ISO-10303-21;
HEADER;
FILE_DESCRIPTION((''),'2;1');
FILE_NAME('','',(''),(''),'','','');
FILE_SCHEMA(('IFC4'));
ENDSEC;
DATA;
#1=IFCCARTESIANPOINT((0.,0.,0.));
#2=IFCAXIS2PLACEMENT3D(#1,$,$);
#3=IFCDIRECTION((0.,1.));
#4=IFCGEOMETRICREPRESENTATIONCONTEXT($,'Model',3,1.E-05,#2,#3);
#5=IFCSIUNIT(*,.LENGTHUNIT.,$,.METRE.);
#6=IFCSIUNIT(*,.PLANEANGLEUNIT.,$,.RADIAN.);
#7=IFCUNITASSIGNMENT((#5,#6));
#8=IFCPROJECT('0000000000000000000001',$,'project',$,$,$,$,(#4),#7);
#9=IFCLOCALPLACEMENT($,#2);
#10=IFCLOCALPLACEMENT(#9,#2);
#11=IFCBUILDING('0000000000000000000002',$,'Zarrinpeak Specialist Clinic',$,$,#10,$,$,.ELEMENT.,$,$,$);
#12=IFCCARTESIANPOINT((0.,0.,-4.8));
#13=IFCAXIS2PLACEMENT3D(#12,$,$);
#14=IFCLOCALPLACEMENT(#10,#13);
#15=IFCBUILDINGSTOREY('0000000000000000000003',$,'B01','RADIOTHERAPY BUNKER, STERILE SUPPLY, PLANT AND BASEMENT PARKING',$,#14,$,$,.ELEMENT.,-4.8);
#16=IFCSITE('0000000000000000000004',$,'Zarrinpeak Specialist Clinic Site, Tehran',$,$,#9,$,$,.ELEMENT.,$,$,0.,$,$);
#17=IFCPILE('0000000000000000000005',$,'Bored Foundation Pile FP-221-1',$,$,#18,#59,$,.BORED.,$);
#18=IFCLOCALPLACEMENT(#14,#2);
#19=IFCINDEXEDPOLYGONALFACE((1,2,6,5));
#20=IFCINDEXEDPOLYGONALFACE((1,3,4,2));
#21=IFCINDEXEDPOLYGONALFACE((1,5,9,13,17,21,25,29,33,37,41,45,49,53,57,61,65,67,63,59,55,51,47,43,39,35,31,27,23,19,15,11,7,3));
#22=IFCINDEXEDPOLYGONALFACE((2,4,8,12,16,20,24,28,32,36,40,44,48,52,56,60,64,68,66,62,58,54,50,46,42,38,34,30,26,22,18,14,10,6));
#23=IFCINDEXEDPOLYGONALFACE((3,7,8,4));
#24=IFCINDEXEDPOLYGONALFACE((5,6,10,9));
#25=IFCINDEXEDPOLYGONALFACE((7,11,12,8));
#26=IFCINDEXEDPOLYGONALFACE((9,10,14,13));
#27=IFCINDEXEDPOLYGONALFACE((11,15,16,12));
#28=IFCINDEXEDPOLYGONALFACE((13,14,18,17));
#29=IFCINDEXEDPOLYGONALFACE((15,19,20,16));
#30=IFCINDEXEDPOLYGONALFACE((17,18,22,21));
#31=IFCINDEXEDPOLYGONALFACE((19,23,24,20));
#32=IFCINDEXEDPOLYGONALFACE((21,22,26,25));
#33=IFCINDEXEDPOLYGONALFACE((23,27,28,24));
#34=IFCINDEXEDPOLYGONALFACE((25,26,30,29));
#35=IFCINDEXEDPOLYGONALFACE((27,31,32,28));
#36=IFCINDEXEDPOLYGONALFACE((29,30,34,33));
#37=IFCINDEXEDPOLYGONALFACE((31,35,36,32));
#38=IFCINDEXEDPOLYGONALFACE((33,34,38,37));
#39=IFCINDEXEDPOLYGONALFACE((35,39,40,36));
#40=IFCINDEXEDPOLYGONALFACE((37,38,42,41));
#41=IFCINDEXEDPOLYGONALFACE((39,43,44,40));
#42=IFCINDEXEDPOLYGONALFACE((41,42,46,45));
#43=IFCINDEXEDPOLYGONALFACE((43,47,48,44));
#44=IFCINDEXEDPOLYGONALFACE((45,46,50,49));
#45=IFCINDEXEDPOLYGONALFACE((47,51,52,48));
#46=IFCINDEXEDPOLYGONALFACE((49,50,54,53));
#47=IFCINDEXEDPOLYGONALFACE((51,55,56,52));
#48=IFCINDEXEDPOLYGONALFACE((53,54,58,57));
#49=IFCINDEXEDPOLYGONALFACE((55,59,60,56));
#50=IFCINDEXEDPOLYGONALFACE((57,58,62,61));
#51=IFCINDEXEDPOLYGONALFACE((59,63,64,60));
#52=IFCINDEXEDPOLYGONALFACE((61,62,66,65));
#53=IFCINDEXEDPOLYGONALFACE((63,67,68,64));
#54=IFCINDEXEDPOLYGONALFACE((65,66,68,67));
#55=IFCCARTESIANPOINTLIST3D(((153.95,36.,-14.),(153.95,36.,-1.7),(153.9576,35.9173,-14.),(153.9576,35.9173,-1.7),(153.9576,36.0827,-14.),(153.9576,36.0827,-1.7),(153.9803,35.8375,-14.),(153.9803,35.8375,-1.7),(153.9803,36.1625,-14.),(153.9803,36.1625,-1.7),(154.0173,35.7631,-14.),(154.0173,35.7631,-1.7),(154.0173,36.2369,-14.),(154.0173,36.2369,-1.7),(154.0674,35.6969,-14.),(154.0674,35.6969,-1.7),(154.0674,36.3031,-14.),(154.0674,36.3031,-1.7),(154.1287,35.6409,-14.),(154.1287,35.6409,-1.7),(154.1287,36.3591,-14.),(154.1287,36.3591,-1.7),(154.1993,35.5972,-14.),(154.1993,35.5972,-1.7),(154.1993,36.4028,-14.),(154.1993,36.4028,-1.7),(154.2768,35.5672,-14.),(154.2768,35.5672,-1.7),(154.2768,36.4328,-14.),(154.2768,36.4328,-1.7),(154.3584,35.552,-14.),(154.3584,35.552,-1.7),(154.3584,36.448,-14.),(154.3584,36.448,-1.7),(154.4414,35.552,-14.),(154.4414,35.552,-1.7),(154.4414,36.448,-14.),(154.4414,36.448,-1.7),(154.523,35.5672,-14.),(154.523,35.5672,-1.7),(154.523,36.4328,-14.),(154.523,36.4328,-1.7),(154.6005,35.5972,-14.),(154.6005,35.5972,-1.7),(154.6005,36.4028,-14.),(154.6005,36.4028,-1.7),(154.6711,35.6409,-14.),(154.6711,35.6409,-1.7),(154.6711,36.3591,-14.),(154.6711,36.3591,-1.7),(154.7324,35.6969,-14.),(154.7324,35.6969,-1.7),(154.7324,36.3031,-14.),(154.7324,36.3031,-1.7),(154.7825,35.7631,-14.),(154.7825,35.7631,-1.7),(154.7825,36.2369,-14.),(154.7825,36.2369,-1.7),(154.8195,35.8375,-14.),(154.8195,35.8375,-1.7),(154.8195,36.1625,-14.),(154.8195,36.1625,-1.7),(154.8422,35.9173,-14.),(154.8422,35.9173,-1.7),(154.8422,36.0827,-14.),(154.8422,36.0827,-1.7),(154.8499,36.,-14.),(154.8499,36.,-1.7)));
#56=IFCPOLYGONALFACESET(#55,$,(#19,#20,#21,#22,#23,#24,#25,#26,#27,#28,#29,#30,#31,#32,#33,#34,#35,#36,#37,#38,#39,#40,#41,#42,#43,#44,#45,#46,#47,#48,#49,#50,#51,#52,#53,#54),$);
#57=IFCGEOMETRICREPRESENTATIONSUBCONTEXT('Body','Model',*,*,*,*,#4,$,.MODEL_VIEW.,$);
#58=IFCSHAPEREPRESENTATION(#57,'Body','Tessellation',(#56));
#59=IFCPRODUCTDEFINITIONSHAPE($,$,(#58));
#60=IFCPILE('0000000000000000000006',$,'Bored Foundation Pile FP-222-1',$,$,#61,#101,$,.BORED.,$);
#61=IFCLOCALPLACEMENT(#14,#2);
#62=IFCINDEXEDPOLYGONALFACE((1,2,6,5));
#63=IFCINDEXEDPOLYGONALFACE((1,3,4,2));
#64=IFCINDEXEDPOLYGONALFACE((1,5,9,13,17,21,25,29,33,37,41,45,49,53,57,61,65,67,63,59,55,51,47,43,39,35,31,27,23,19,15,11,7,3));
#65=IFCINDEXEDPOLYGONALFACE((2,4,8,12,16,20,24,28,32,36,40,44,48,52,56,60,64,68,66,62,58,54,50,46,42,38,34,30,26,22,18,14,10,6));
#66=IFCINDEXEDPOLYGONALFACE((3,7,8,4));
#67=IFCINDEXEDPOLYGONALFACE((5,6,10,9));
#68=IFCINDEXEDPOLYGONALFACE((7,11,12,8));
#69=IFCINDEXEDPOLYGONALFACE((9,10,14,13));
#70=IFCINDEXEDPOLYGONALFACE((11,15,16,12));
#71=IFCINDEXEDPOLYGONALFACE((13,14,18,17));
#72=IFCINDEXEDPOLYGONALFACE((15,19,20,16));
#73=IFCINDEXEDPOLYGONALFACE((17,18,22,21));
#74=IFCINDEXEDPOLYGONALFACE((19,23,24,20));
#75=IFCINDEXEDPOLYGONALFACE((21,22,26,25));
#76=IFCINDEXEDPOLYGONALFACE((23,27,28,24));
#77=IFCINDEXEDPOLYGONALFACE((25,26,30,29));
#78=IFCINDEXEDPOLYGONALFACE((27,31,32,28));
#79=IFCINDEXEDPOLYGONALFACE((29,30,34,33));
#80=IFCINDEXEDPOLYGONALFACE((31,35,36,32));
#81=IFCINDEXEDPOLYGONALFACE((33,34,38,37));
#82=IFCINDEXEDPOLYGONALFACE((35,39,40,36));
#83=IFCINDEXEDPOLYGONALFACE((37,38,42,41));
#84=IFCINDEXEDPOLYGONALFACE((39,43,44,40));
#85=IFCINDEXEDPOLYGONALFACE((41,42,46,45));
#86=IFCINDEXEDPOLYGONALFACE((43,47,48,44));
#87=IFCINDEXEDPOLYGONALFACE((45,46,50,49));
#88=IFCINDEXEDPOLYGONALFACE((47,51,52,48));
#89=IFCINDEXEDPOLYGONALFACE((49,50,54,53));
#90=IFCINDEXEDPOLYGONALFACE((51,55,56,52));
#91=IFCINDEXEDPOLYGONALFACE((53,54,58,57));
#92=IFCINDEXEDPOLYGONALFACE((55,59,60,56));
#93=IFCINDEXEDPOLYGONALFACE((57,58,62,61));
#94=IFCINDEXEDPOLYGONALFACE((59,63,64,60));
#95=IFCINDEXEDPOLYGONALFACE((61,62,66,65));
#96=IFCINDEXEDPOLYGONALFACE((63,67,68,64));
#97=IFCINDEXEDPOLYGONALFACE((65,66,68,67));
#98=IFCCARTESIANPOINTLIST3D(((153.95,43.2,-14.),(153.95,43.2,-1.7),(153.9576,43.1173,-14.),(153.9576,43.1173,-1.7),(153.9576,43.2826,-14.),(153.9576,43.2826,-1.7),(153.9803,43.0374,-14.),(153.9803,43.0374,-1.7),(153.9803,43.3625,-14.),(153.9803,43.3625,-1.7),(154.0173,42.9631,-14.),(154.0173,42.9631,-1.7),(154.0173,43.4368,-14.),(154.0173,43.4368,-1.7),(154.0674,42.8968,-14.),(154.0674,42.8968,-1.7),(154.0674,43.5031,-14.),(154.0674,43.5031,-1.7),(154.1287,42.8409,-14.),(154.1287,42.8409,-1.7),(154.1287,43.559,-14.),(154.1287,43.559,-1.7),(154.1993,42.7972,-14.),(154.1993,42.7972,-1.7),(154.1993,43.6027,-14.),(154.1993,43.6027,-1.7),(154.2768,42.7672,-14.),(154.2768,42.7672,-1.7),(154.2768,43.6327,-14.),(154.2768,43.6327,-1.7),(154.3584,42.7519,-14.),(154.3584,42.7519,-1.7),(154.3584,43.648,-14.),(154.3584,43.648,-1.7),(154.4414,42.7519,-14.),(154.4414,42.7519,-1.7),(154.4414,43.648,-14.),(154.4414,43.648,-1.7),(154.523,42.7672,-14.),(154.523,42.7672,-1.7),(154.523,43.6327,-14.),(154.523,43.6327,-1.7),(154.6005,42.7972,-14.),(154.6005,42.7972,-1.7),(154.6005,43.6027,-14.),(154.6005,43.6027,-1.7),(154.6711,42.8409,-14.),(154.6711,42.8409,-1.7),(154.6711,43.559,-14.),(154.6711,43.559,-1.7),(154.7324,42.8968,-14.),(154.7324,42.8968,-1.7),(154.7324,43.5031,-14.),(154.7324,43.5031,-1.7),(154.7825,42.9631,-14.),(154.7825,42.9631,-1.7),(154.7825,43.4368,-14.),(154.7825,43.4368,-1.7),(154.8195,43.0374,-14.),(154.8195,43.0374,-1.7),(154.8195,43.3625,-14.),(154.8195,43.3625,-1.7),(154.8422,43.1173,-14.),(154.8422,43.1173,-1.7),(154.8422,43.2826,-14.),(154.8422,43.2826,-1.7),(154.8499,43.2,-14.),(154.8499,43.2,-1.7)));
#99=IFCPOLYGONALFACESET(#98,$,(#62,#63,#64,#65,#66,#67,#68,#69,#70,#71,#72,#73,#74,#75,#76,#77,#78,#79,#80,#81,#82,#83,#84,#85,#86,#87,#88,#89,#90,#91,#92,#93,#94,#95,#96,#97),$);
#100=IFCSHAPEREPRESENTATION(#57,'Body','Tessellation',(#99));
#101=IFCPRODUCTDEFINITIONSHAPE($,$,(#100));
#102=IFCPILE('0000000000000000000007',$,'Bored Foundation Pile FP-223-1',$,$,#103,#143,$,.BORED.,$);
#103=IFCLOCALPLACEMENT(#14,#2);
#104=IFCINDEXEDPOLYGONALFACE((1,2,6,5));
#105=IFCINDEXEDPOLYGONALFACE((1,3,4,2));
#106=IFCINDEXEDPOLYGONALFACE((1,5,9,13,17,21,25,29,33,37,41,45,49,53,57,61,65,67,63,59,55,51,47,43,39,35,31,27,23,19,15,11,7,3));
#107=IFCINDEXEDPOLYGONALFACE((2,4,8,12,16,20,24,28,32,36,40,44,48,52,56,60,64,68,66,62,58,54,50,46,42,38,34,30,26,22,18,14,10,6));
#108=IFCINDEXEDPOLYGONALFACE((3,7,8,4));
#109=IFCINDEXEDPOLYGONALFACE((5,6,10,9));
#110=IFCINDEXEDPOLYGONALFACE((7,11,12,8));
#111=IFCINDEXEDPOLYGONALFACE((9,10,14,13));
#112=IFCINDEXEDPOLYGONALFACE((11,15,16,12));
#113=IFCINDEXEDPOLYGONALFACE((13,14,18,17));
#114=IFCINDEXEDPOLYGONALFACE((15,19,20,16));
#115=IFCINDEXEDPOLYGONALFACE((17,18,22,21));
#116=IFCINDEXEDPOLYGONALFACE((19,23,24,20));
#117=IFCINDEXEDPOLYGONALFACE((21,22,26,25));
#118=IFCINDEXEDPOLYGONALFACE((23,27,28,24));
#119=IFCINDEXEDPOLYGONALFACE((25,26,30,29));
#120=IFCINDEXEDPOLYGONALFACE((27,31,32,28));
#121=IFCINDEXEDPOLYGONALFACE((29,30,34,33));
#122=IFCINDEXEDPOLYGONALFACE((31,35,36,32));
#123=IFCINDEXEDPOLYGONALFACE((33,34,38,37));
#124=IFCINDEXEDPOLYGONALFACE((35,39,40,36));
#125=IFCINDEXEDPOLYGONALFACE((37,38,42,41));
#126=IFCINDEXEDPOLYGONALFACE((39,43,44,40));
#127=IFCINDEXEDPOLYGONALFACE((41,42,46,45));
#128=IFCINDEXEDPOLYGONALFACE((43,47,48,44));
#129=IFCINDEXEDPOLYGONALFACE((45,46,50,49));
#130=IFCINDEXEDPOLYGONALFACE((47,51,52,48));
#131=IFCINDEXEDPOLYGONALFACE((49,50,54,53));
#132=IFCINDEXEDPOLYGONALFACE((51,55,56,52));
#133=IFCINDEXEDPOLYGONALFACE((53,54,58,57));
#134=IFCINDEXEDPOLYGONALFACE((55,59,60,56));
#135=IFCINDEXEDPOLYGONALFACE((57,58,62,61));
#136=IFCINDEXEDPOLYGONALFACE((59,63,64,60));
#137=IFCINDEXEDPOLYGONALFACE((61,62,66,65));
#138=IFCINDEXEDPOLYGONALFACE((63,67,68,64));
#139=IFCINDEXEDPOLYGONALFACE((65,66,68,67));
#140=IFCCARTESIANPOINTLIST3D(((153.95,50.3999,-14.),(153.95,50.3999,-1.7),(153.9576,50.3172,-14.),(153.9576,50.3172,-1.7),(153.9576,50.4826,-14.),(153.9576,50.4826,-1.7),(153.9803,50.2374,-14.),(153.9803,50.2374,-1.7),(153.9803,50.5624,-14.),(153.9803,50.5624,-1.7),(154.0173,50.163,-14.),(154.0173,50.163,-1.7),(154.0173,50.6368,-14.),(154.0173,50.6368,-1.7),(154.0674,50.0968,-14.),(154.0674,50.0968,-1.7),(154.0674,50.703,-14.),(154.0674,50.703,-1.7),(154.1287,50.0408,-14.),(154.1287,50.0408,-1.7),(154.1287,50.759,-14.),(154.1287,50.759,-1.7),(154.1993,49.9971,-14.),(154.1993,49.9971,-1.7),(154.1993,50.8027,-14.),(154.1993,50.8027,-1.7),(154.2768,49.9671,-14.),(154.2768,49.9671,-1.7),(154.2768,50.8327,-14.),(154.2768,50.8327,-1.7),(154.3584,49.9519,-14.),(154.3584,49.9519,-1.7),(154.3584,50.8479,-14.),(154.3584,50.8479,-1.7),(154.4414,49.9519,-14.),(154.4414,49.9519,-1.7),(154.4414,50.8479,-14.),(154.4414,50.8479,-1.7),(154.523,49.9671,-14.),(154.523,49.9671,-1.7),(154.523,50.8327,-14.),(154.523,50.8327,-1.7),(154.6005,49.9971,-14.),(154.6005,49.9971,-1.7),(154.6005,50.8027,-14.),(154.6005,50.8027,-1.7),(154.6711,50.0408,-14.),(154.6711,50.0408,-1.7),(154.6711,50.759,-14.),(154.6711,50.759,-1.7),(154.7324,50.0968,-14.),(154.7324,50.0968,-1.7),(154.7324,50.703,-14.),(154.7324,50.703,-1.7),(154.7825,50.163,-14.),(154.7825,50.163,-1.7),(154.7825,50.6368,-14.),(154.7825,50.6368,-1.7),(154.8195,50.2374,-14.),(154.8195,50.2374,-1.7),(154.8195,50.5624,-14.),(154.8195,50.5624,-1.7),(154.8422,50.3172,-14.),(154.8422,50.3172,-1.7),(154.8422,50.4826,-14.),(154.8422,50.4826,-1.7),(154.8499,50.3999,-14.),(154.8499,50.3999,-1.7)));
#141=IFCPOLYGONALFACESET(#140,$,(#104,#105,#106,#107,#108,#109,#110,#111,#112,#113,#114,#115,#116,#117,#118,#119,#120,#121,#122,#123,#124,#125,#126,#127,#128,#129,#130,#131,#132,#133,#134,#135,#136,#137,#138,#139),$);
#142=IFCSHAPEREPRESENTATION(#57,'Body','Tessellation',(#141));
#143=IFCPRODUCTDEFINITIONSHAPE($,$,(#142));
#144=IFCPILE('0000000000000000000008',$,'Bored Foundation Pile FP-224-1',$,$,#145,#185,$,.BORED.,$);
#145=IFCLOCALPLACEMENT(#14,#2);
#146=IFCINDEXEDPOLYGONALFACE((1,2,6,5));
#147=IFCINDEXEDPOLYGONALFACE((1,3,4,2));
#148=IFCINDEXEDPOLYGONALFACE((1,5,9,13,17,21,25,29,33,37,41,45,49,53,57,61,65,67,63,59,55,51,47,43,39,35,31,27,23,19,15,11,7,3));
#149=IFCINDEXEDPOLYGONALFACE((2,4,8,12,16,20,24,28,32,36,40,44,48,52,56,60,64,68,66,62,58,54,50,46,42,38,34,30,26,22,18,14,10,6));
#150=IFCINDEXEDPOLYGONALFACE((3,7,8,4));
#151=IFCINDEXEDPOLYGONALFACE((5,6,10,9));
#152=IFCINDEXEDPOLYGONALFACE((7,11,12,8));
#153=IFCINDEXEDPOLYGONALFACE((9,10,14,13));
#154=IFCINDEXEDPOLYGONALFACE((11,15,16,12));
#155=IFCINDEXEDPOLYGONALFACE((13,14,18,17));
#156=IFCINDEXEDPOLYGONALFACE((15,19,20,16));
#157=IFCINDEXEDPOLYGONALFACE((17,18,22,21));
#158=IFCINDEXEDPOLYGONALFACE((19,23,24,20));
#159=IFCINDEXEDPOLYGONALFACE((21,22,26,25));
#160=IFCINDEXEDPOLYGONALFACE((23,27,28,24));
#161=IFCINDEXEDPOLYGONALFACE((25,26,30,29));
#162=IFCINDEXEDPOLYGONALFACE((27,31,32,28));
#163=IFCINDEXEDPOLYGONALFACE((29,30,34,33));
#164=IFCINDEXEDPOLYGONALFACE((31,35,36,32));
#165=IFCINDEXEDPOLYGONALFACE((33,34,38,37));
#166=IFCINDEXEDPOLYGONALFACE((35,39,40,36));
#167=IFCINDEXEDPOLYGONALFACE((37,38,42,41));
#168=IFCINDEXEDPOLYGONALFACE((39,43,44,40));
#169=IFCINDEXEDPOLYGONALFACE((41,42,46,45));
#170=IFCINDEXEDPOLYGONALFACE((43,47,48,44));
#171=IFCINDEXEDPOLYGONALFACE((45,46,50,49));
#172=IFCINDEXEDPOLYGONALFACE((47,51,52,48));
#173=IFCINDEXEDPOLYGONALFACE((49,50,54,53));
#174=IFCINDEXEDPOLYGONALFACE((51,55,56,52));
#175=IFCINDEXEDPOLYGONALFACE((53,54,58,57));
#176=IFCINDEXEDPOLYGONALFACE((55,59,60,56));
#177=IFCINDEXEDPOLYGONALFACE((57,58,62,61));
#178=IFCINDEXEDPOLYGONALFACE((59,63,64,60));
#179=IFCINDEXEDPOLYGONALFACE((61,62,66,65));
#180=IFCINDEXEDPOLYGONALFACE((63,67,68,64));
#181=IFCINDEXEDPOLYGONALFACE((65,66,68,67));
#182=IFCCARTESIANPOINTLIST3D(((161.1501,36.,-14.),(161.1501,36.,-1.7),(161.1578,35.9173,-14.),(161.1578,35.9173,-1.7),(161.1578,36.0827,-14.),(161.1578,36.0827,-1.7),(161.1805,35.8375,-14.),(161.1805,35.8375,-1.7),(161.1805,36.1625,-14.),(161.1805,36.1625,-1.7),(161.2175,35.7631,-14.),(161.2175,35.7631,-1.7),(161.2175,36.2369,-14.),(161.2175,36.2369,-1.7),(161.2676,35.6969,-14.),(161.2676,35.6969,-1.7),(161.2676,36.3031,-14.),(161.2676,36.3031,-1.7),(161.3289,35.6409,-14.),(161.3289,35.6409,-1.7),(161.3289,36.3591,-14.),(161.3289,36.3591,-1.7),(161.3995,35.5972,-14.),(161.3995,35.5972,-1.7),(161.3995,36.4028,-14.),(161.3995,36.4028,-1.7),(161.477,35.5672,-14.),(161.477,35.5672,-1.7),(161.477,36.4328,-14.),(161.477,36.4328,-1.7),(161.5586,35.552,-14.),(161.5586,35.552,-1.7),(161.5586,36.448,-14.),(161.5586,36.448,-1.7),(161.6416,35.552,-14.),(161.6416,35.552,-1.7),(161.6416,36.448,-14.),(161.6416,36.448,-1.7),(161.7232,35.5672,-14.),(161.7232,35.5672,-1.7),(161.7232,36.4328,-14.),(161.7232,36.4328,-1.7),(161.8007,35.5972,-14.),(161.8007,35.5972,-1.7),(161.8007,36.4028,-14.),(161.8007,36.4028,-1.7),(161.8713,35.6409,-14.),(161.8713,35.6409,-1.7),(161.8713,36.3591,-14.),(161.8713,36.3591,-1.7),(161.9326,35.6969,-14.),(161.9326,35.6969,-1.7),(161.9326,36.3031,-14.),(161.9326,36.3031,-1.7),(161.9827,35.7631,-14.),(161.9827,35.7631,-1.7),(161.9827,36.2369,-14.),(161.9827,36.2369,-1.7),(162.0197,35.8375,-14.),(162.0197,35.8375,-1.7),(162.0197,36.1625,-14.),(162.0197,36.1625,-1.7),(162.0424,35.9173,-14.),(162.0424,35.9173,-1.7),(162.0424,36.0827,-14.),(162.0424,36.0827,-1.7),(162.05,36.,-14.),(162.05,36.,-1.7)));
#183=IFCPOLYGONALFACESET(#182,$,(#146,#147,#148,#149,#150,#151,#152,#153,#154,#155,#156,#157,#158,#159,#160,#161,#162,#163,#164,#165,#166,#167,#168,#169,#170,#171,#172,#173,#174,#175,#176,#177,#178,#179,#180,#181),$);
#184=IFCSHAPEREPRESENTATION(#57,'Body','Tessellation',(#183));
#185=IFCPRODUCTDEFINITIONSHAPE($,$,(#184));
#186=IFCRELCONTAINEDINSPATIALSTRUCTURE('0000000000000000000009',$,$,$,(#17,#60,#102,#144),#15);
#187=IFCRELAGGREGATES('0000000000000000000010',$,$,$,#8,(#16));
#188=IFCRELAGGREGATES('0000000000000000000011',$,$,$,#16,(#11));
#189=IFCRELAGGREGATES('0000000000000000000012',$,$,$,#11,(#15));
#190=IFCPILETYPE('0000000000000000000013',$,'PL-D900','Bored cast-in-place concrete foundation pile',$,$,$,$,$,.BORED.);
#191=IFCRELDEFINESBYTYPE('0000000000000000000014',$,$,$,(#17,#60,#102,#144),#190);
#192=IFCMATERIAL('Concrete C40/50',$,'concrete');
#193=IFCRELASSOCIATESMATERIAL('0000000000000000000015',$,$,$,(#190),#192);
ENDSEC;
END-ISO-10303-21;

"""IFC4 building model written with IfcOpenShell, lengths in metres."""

from ifc_helpers import new_model, si_unit, direction, frame, origin, origin_2d, place, context, subcontext, project, spatial, circle, extrude, material, material_profile, profile_set, type_object, element, save


model = new_model("IFC4")

# Units and contexts
model_context = context("Model", 3, precision=1e-05, world=origin(), true_north=direction((0.0, 1.0)))
body_context = subcontext(model_context, "Body", "Model", "MODEL_VIEW")
ifc_project = project(units=[si_unit("LENGTHUNIT", "METRE"), si_unit("PLANEANGLEUNIT", "RADIAN")], contexts=[model_context])

# Site, building, storey
site_placement = place(None, origin())
site = spatial("IfcSite", under=ifc_project, at=site_placement, Name="Zarrinpeak Specialist Clinic Site, Tehran", CompositionType="ELEMENT", RefElevation=0.0)
building_placement = place(site_placement, origin())
building = spatial("IfcBuilding", under=site, at=building_placement, Name="Zarrinpeak Specialist Clinic", CompositionType="ELEMENT")
storey_placement = place(building_placement, frame((0.0, 0.0, -4.8)))
storey = spatial("IfcBuildingStorey", under=building, at=storey_placement, Name="B01", Description="RADIOTHERAPY BUNKER, STERILE SUPPLY, PLANT AND BASEMENT PARKING", CompositionType="ELEMENT", Elevation=-4.8)

# Shared definitions
ifc_material_1 = material(Name="Concrete C40/50", Category="concrete")

# Piles
ifc_material_profile_1 = material_profile(ifc_material_1, circle(Radius=0.45, at=origin_2d()), Name="BORED PILE D900")
ifc_profile_set_1 = profile_set([ifc_material_profile_1], Name="Concrete C40/50")
pile_type = type_object("IfcPileType", Name="PL-D900", Description="Bored cast-in-place concrete foundation pile", PredefinedType="BORED", material=ifc_profile_set_1)
for number, where, z_axis, x_axis, name in (
    (1, (154.3999, 36.0, -1.7), (0.0, 0.0, -1.0), (1.0, 0.0, 0.0), "Bored Foundation Pile FP-221-1"),
    (2, (154.3999, 43.2, -1.7), (0.0, 0.0, -1.0), (1.0, 0.0, 0.0), "Bored Foundation Pile FP-222-1"),
    (3, (154.3999, 50.3999, -1.7), (0.0, 0.0, -1.0), (1.0, 0.0, 0.0), "Bored Foundation Pile FP-223-1"),
    (4, (161.6001, 36.0, -1.7), (0.0, 0.0, -1.0), (1.0, 0.0, 0.0), "Bored Foundation Pile FP-224-1"),
):
    element("IfcPile", number, at=place(storey_placement, frame(where, z_axis=z_axis, x_axis=x_axis)), inside=storey, type_object=pile_type, Name=name, PredefinedType="BORED", context=body_context, shape_type="SweptSolid", body=[
        extrude(circle(Radius=0.45, at=origin_2d()), origin(), (0.0, 0.0, 1.0), 12.3),
    ])

save(model, "model.ifc")
